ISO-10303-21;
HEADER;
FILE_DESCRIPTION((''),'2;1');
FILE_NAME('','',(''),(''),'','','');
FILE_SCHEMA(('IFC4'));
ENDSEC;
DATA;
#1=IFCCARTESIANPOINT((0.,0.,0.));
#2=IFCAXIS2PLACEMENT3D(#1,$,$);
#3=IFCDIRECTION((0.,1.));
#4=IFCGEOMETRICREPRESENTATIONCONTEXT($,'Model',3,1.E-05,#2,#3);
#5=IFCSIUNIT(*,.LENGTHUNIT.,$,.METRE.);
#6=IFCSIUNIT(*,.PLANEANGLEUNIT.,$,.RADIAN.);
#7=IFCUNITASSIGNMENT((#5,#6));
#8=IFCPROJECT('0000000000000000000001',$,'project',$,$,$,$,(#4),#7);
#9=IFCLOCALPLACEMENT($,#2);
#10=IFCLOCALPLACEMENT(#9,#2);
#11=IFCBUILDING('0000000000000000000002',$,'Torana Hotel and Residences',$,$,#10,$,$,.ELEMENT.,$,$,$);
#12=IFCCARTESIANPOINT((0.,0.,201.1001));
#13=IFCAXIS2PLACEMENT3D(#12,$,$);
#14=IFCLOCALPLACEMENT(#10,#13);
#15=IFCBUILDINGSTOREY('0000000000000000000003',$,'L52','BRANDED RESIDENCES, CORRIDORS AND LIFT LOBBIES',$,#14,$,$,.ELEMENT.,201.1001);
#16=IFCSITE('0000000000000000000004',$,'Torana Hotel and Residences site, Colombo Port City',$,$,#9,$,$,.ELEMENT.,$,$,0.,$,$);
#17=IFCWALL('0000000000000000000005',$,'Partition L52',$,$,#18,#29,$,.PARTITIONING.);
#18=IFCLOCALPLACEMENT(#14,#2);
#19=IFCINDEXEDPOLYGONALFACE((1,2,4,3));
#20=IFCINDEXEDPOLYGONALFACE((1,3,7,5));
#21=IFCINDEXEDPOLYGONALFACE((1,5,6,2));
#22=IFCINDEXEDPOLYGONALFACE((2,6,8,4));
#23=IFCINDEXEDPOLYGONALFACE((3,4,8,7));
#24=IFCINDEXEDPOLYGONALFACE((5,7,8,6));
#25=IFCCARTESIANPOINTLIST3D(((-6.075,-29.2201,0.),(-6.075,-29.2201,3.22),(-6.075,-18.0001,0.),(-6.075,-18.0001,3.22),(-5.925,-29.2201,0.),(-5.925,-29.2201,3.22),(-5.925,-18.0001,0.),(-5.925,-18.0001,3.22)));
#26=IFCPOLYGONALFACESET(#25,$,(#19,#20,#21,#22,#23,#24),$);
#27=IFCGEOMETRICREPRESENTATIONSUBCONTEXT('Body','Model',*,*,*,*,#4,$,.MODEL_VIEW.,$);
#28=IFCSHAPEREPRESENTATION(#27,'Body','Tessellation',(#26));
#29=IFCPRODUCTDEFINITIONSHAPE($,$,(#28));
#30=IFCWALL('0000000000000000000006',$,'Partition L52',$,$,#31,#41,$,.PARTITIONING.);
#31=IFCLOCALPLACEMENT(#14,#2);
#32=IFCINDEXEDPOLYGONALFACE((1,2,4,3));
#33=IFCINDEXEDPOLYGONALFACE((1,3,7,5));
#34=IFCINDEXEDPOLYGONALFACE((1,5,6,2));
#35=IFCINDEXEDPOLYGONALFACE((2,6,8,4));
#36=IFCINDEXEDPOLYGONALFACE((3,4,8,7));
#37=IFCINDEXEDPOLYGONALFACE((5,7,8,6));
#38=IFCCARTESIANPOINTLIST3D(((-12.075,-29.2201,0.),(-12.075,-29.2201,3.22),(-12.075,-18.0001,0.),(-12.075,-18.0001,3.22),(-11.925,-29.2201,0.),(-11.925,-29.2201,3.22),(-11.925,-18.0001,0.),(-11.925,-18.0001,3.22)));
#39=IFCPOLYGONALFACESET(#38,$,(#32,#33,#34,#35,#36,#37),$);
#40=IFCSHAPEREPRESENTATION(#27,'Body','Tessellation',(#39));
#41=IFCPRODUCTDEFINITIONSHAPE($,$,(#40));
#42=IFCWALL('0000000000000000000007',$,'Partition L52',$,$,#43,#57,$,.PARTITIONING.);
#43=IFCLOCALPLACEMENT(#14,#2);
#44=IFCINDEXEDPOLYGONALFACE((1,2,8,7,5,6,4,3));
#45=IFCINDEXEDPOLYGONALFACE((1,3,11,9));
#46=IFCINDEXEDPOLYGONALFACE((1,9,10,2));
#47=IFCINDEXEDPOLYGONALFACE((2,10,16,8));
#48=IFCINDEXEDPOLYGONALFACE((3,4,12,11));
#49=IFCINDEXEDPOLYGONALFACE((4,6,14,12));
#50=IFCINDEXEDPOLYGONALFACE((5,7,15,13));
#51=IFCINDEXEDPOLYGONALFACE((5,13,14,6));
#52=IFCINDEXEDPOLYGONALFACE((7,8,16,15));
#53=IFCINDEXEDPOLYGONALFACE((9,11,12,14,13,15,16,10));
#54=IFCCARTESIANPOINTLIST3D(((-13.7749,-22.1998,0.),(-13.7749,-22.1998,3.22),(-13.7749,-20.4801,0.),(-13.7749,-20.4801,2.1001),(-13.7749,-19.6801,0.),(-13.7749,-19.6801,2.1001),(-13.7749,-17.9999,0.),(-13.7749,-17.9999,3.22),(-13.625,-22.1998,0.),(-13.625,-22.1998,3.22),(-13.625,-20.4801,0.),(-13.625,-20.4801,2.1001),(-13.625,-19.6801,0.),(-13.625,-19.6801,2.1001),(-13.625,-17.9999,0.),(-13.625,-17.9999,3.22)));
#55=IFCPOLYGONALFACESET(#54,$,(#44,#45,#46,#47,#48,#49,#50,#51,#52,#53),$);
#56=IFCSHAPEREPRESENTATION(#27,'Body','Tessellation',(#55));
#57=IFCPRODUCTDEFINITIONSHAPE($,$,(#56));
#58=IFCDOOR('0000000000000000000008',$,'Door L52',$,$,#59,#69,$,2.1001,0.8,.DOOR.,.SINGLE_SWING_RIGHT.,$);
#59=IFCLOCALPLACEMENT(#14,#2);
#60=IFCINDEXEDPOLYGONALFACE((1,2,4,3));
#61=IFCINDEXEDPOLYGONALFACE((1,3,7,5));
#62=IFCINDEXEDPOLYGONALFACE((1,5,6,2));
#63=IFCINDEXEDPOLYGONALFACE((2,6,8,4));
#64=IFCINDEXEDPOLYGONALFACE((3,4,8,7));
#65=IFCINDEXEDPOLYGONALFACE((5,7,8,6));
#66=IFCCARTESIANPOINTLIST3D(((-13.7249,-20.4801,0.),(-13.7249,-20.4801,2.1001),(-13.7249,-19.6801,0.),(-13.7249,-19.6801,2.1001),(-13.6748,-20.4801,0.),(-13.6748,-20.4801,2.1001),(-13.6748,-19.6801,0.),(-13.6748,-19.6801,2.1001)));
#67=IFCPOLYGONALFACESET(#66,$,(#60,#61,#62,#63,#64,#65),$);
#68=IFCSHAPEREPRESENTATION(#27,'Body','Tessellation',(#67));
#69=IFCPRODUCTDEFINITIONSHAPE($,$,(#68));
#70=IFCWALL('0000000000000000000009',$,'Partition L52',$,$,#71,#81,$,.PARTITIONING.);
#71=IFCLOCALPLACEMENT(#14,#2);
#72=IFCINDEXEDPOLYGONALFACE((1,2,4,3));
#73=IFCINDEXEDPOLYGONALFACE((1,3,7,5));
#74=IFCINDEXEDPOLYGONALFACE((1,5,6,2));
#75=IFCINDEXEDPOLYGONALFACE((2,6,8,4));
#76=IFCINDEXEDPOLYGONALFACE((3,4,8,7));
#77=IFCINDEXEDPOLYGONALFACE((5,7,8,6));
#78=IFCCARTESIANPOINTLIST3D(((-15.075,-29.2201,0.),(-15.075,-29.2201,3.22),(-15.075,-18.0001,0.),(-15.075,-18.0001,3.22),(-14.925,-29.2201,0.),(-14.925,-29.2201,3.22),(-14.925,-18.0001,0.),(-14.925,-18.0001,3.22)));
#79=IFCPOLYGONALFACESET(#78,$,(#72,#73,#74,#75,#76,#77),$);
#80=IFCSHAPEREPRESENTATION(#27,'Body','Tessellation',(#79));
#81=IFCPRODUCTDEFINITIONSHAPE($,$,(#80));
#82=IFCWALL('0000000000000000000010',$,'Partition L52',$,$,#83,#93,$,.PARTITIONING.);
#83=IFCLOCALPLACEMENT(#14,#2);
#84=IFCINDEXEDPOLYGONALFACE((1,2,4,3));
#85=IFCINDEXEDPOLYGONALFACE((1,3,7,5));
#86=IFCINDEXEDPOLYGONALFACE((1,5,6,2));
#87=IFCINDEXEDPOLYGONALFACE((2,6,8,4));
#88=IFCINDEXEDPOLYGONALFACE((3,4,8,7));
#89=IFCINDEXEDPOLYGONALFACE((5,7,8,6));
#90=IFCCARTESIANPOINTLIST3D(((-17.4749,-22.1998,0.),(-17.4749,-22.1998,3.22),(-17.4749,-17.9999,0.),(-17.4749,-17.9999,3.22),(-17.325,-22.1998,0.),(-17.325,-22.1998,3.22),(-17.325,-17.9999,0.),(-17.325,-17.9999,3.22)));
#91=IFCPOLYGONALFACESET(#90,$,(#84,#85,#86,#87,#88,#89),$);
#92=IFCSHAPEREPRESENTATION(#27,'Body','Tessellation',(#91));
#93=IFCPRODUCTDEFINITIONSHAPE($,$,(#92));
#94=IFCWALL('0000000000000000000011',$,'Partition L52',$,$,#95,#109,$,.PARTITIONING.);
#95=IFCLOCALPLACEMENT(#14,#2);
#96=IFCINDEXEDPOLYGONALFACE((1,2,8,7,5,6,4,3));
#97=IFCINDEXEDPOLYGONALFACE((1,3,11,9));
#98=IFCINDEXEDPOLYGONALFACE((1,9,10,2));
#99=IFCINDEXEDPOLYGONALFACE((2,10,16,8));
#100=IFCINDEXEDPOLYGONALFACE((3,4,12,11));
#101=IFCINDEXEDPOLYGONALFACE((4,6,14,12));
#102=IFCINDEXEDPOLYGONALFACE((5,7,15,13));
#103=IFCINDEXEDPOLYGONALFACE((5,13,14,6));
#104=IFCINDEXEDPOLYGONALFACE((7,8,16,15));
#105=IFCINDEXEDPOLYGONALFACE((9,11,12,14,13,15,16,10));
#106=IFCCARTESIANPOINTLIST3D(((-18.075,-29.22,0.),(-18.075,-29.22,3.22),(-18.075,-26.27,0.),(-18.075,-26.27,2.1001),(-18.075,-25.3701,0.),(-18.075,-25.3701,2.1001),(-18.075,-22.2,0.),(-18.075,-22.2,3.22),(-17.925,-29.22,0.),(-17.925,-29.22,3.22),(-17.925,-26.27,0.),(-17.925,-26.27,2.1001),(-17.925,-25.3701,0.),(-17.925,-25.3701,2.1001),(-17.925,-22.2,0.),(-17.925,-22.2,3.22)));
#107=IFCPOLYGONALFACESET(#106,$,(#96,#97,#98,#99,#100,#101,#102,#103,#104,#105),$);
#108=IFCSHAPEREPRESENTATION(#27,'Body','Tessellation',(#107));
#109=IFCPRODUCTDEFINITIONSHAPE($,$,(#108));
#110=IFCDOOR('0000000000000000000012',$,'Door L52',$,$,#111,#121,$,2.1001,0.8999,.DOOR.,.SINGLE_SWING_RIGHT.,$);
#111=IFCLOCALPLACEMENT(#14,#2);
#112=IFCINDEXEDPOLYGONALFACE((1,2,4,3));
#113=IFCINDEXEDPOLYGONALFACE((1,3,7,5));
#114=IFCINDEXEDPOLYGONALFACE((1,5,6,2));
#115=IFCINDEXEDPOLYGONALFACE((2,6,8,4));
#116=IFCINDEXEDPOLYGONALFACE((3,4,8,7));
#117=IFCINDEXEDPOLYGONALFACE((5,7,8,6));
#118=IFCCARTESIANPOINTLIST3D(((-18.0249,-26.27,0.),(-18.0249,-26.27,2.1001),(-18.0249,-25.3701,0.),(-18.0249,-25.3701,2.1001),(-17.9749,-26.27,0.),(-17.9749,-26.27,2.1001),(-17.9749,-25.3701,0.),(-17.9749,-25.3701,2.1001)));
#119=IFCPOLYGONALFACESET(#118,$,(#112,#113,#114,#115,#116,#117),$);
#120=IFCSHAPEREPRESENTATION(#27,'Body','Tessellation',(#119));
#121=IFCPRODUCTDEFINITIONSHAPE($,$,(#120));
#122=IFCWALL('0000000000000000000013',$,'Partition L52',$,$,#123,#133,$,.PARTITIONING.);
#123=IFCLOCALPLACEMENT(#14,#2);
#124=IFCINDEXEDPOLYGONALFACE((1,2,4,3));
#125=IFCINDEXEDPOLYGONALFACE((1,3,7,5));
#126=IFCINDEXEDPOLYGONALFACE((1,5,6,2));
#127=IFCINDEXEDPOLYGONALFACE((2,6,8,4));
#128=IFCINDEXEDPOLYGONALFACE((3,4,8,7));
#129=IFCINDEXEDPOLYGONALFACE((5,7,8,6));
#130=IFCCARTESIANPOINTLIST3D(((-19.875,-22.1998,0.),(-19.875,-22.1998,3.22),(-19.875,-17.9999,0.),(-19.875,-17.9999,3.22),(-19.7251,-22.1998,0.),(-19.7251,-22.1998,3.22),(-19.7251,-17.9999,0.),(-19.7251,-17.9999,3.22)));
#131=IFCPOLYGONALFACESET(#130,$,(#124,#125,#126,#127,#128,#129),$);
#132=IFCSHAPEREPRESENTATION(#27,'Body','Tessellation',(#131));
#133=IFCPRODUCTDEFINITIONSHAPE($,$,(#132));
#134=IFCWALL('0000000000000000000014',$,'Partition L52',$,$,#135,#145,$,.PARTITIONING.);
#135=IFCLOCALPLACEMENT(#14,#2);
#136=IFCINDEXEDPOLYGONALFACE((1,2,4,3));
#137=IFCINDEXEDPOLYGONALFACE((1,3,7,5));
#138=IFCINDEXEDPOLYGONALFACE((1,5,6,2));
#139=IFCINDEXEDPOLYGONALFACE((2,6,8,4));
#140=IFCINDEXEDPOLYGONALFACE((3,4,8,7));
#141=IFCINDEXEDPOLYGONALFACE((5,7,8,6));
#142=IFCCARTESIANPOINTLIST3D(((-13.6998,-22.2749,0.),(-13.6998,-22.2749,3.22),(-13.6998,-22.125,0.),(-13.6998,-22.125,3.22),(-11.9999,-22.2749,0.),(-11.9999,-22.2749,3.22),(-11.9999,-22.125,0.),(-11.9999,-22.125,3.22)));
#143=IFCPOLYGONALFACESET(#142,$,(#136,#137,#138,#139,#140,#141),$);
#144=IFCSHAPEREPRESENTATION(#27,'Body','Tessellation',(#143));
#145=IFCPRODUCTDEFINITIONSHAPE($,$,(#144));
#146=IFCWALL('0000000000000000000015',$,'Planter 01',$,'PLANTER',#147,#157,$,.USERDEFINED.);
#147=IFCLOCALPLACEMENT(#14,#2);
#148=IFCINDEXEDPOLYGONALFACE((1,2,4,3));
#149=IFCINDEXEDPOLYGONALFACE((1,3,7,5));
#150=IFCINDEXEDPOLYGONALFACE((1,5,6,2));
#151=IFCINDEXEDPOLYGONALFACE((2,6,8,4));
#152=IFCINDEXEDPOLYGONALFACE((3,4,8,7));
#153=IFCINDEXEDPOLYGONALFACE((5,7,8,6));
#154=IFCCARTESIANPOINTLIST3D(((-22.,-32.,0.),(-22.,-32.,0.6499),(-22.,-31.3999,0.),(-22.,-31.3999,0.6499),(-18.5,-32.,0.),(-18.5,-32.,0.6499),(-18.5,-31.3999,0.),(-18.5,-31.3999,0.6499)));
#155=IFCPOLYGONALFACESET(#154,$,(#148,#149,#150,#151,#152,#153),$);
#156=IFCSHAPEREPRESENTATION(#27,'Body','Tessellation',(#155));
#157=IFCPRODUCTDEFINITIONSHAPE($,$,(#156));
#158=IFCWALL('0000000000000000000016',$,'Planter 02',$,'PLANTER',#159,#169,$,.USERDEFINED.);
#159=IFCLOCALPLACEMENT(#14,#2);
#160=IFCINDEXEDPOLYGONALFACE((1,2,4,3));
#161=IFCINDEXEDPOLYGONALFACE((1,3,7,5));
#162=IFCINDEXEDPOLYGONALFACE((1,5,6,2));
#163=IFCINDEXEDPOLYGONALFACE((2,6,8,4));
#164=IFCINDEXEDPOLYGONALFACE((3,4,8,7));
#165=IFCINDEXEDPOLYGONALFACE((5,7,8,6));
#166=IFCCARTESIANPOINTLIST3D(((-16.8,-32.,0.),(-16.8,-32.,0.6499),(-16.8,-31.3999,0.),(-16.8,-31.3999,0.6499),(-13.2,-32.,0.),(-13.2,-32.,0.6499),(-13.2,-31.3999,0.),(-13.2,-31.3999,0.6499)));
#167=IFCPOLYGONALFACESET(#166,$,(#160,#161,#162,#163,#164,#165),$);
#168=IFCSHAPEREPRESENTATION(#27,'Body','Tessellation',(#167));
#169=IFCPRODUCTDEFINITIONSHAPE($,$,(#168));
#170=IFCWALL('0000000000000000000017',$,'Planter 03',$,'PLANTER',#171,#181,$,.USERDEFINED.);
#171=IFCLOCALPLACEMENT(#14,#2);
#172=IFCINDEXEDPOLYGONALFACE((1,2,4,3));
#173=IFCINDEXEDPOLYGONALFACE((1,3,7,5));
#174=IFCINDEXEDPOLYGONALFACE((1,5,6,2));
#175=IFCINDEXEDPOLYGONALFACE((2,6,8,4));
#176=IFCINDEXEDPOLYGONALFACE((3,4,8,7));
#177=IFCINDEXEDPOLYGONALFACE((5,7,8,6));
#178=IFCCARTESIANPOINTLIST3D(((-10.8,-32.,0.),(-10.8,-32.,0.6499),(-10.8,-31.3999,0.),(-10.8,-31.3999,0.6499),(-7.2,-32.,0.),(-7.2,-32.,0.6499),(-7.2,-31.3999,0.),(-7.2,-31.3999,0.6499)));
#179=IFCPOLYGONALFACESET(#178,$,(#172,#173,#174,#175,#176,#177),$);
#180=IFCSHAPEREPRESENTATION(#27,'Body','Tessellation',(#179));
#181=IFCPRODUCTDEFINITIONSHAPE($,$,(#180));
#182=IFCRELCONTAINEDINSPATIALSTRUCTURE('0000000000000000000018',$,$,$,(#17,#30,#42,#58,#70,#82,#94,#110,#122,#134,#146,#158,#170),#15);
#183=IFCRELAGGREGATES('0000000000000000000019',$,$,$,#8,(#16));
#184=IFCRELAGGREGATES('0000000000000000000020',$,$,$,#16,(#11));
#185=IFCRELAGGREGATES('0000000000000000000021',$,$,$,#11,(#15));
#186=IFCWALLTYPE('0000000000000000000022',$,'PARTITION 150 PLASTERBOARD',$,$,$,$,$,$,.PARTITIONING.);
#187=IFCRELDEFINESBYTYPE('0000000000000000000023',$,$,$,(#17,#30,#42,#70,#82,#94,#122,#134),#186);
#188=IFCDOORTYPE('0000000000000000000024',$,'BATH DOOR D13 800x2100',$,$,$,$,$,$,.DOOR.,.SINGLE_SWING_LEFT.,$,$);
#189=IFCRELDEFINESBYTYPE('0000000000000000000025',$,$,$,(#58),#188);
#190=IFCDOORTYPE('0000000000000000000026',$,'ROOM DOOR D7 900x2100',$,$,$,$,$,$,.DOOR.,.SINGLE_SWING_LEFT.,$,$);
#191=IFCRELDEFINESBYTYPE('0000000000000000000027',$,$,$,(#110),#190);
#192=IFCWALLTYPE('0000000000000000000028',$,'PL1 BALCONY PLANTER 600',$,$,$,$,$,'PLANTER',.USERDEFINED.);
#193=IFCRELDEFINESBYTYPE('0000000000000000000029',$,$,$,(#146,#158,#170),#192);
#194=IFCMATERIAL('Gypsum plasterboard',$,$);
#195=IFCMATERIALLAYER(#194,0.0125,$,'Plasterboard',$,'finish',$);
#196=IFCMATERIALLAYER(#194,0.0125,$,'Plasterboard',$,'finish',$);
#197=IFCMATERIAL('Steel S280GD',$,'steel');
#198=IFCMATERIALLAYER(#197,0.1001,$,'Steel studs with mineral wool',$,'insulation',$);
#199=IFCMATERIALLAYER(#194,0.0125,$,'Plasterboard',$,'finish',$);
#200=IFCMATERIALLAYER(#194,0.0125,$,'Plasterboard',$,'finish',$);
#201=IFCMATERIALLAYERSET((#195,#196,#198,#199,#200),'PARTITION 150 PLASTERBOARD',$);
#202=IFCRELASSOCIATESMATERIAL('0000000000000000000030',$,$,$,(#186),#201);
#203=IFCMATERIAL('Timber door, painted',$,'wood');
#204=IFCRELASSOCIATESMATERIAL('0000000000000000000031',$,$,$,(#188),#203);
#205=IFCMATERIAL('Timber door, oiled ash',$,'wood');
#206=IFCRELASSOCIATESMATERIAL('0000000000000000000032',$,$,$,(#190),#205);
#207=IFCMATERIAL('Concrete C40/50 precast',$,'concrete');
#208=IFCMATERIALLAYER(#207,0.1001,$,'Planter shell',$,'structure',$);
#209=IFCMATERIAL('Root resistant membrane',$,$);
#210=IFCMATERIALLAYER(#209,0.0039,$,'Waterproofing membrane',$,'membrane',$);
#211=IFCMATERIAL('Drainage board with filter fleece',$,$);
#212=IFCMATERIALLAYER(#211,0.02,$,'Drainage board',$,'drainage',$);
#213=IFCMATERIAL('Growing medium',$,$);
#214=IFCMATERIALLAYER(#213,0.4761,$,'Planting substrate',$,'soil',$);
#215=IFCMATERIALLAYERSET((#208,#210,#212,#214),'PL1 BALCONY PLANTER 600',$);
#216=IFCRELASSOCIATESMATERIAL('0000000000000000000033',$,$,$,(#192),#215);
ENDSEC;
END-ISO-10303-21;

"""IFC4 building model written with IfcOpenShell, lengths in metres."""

from ifc_helpers import new_model, si_unit, direction, frame, frame_2d, origin, place, context, subcontext, project, spatial, rectangle, extrude, material, layer, layer_set, type_object, element, fill, save


model = new_model("IFC4")

# Units and contexts
model_context = context("Model", 3, precision=1e-05, world=origin(), true_north=direction((0.0, 1.0)))
body_context = subcontext(model_context, "Body", "Model", "MODEL_VIEW")
ifc_project = project(units=[si_unit("LENGTHUNIT", "METRE"), si_unit("PLANEANGLEUNIT", "RADIAN")], contexts=[model_context])

# Site, building, storey
site_placement = place(None, origin())
site = spatial("IfcSite", under=ifc_project, at=site_placement, Name="Torana Hotel and Residences site, Colombo Port City", CompositionType="ELEMENT", RefElevation=0.0)
building_placement = place(site_placement, origin())
building = spatial("IfcBuilding", under=site, at=building_placement, Name="Torana Hotel and Residences", CompositionType="ELEMENT")
storey_placement = place(building_placement, frame((0.0, 0.0, 201.1001)))
storey = spatial("IfcBuildingStorey", under=building, at=storey_placement, Name="L52", Description="BRANDED RESIDENCES, CORRIDORS AND LIFT LOBBIES", CompositionType="ELEMENT", Elevation=201.1001)

# Walls
ifc_material_1 = material(Name="Gypsum plasterboard")
ifc_layer_1 = layer(ifc_material_1, 0.0125, Name="Plasterboard", Category="finish")
ifc_layer_2 = layer(ifc_material_1, 0.0125, Name="Plasterboard", Category="finish")
ifc_material_2 = material(Name="Steel S280GD", Category="steel")
ifc_layer_3 = layer(ifc_material_2, 0.1001, Name="Steel studs with mineral wool", Category="insulation")
ifc_layer_4 = layer(ifc_material_1, 0.0125, Name="Plasterboard", Category="finish")
ifc_layer_5 = layer(ifc_material_1, 0.0125, Name="Plasterboard", Category="finish")
ifc_layer_set_1 = layer_set([ifc_layer_1, ifc_layer_2, ifc_layer_3, ifc_layer_4, ifc_layer_5], Name="PARTITION 150 PLASTERBOARD")
wall_type_1 = type_object("IfcWallType", Name="PARTITION 150 PLASTERBOARD", PredefinedType="PARTITIONING", material=ifc_layer_set_1)
for number, where, z_axis, x_axis, name in (
    (1, (-6.0, -29.22, 0.0), (0.0, 0.0, 1.0), (0.0, 1.0, 0.0), "Partition L52"),
    (2, (-12.0, -29.22, 0.0), (0.0, 0.0, 1.0), (0.0, 1.0, 0.0), "Partition L52"),
):
    element("IfcWall", number, at=place(storey_placement, frame(where, z_axis=z_axis, x_axis=x_axis)), inside=storey, type_object=wall_type_1, Name=name, PredefinedType="PARTITIONING", context=body_context, shape_type="SweptSolid", body=[
        extrude(rectangle(XDim=11.22, YDim=0.1499, at=frame_2d((5.6099, 0.0))), origin(), (0.0, 0.0, 1.0), 3.22),
    ])

# Wall, opening, door
wall_1_placement = place(storey_placement, frame((-13.7, -22.2, 0.0), z_axis=(0.0, 0.0, 1.0), x_axis=(0.0, 1.0, 0.0)))
wall_1 = element("IfcWall", 3, at=wall_1_placement, inside=storey, type_object=wall_type_1, Name="Partition L52", PredefinedType="PARTITIONING", context=body_context, shape_type="SweptSolid", body=[
    extrude(rectangle(XDim=4.2, YDim=0.1499, at=frame_2d((2.1001, 0.0))), origin(), (0.0, 0.0, 1.0), 3.22),
])
opening_1_placement = place(wall_1_placement, frame((1.72, 0.0, 0.0)))
opening_1 = element("IfcOpeningElement", 4, at=opening_1_placement, cuts=wall_1, PredefinedType="OPENING", context=body_context, shape_type="SweptSolid", body=[
    extrude(rectangle(XDim=0.8, YDim=2.1001, at=frame_2d((0.3999, 1.05))), frame((0.0, 0.085, 0.0), z_axis=(0.0, -1.0, 0.0), x_axis=(1.0, 0.0, 0.0)), (0.0, 0.0, 1.0), 0.1699),
])
ifc_material_3 = material(Name="Timber door, painted", Category="wood")
door_type_1 = type_object("IfcDoorType", Name="BATH DOOR D13 800x2100", OperationType="SINGLE_SWING_LEFT", PredefinedType="DOOR", material=ifc_material_3)
door_1_placement = place(opening_1_placement, origin())
door_1 = element("IfcDoor", 5, at=door_1_placement, inside=storey, type_object=door_type_1, Name="Door L52", OperationType="SINGLE_SWING_RIGHT", OverallHeight=2.1001, OverallWidth=0.8, PredefinedType="DOOR", context=body_context, shape_type="SweptSolid", body=[
    extrude(rectangle(XDim=0.8, YDim=2.1001, at=frame_2d((0.3999, 1.05))), frame((0.0, 0.0249, 0.0), z_axis=(0.0, -1.0, 0.0), x_axis=(1.0, 0.0, 0.0)), (0.0, 0.0, 1.0), 0.05),
])
fill(opening_1, door_1)

# Walls
wall_2_placement = place(storey_placement, frame((-15.0, -29.22, 0.0), z_axis=(0.0, 0.0, 1.0), x_axis=(0.0, 1.0, 0.0)))
element("IfcWall", 6, at=wall_2_placement, inside=storey, type_object=wall_type_1, Name="Partition L52", PredefinedType="PARTITIONING", context=body_context, shape_type="SweptSolid", body=[
    extrude(rectangle(XDim=11.22, YDim=0.1499, at=frame_2d((5.6099, 0.0))), origin(), (0.0, 0.0, 1.0), 3.22),
])
wall_3_placement = place(storey_placement, frame((-17.3999, -22.2, 0.0), z_axis=(0.0, 0.0, 1.0), x_axis=(0.0, 1.0, 0.0)))
element("IfcWall", 7, at=wall_3_placement, inside=storey, type_object=wall_type_1, Name="Partition L52", PredefinedType="PARTITIONING", context=body_context, shape_type="SweptSolid", body=[
    extrude(rectangle(XDim=4.2, YDim=0.1499, at=frame_2d((2.1001, 0.0))), origin(), (0.0, 0.0, 1.0), 3.22),
])

# Wall, opening, door
wall_4_placement = place(storey_placement, frame((-18.0, -29.22, 0.0), z_axis=(0.0, 0.0, 1.0), x_axis=(0.0, 1.0, 0.0)))
wall_4 = element("IfcWall", 8, at=wall_4_placement, inside=storey, type_object=wall_type_1, Name="Partition L52", PredefinedType="PARTITIONING", context=body_context, shape_type="SweptSolid", body=[
    extrude(rectangle(XDim=7.02, YDim=0.1499, at=frame_2d((3.51, 0.0))), origin(), (0.0, 0.0, 1.0), 3.22),
])
opening_2_placement = place(wall_4_placement, frame((2.95, 0.0, 0.0)))
opening_2 = element("IfcOpeningElement", 9, at=opening_2_placement, cuts=wall_4, PredefinedType="OPENING", context=body_context, shape_type="SweptSolid", body=[
    extrude(rectangle(XDim=0.8999, YDim=2.1001, at=frame_2d((0.45, 1.05))), frame((0.0, 0.085, 0.0), z_axis=(0.0, -1.0, 0.0), x_axis=(1.0, 0.0, 0.0)), (0.0, 0.0, 1.0), 0.1699),
])
ifc_material_4 = material(Name="Timber door, oiled ash", Category="wood")
door_type_2 = type_object("IfcDoorType", Name="ROOM DOOR D7 900x2100", OperationType="SINGLE_SWING_LEFT", PredefinedType="DOOR", material=ifc_material_4)
door_2_placement = place(opening_2_placement, origin())
door_2 = element("IfcDoor", 10, at=door_2_placement, inside=storey, type_object=door_type_2, Name="Door L52", OperationType="SINGLE_SWING_RIGHT", OverallHeight=2.1001, OverallWidth=0.8999, PredefinedType="DOOR", context=body_context, shape_type="SweptSolid", body=[
    extrude(rectangle(XDim=0.8999, YDim=2.1001, at=frame_2d((0.45, 1.05))), frame((0.0, 0.0249, 0.0), z_axis=(0.0, -1.0, 0.0), x_axis=(1.0, 0.0, 0.0)), (0.0, 0.0, 1.0), 0.05),
])
fill(opening_2, door_2)

# Walls
wall_5_placement = place(storey_placement, frame((-19.8, -22.2, 0.0), z_axis=(0.0, 0.0, 1.0), x_axis=(0.0, 1.0, 0.0)))
element("IfcWall", 11, at=wall_5_placement, inside=storey, type_object=wall_type_1, Name="Partition L52", PredefinedType="PARTITIONING", context=body_context, shape_type="SweptSolid", body=[
    extrude(rectangle(XDim=4.2, YDim=0.1499, at=frame_2d((2.1001, 0.0))), origin(), (0.0, 0.0, 1.0), 3.22),
])
wall_6_placement = place(storey_placement, frame((-13.7, -22.2, 0.0), z_axis=(0.0, 0.0, 1.0), x_axis=(1.0, 0.0, 0.0)))
element("IfcWall", 12, at=wall_6_placement, inside=storey, type_object=wall_type_1, Name="Partition L52", PredefinedType="PARTITIONING", context=body_context, shape_type="SweptSolid", body=[
    extrude(rectangle(XDim=1.7, YDim=0.1499, at=frame_2d((0.8501, 0.0))), origin(), (0.0, 0.0, 1.0), 3.22),
])
ifc_material_5 = material(Name="Concrete C40/50 precast", Category="concrete")
ifc_layer_6 = layer(ifc_material_5, 0.1001, Name="Planter shell", Category="structure")
ifc_material_6 = material(Name="Root resistant membrane")
ifc_layer_7 = layer(ifc_material_6, 0.0039, Name="Waterproofing membrane", Category="membrane")
ifc_material_7 = material(Name="Drainage board with filter fleece")
ifc_layer_8 = layer(ifc_material_7, 0.02, Name="Drainage board", Category="drainage")
ifc_material_8 = material(Name="Growing medium")
ifc_layer_9 = layer(ifc_material_8, 0.4761, Name="Planting substrate", Category="soil")
ifc_layer_set_2 = layer_set([ifc_layer_6, ifc_layer_7, ifc_layer_8, ifc_layer_9], Name="PL1 BALCONY PLANTER 600")
wall_type_2 = type_object("IfcWallType", Name="PL1 BALCONY PLANTER 600", ElementType="PLANTER", PredefinedType="USERDEFINED", material=ifc_layer_set_2)
wall_7_placement = place(storey_placement, frame((-18.5, -31.7, 0.0), z_axis=(0.0, 0.0, 1.0), x_axis=(-1.0, 0.0, 0.0)))
element("IfcWall", 13, at=wall_7_placement, inside=storey, type_object=wall_type_2, Name="Planter 01", ObjectType="PLANTER", PredefinedType="USERDEFINED", context=body_context, shape_type="SweptSolid", body=[
    extrude(rectangle(XDim=3.5, YDim=0.6001, at=frame_2d((1.75, 0.0))), origin(), (0.0, 0.0, 1.0), 0.6499),
])
for number, where, z_axis, x_axis, name in (
    (14, (-13.2, -31.7, 0.0), (0.0, 0.0, 1.0), (-1.0, 0.0, 0.0), "Planter 02"),
    (15, (-7.2, -31.7, 0.0), (0.0, 0.0, 1.0), (-1.0, 0.0, 0.0), "Planter 03"),
):
    element("IfcWall", number, at=place(storey_placement, frame(where, z_axis=z_axis, x_axis=x_axis)), inside=storey, type_object=wall_type_2, Name=name, ObjectType="PLANTER", PredefinedType="USERDEFINED", context=body_context, shape_type="SweptSolid", body=[
        extrude(rectangle(XDim=3.6001, YDim=0.6001, at=frame_2d((1.8, 0.0))), origin(), (0.0, 0.0, 1.0), 0.6499),
    ])

save(model, "model.ifc")
